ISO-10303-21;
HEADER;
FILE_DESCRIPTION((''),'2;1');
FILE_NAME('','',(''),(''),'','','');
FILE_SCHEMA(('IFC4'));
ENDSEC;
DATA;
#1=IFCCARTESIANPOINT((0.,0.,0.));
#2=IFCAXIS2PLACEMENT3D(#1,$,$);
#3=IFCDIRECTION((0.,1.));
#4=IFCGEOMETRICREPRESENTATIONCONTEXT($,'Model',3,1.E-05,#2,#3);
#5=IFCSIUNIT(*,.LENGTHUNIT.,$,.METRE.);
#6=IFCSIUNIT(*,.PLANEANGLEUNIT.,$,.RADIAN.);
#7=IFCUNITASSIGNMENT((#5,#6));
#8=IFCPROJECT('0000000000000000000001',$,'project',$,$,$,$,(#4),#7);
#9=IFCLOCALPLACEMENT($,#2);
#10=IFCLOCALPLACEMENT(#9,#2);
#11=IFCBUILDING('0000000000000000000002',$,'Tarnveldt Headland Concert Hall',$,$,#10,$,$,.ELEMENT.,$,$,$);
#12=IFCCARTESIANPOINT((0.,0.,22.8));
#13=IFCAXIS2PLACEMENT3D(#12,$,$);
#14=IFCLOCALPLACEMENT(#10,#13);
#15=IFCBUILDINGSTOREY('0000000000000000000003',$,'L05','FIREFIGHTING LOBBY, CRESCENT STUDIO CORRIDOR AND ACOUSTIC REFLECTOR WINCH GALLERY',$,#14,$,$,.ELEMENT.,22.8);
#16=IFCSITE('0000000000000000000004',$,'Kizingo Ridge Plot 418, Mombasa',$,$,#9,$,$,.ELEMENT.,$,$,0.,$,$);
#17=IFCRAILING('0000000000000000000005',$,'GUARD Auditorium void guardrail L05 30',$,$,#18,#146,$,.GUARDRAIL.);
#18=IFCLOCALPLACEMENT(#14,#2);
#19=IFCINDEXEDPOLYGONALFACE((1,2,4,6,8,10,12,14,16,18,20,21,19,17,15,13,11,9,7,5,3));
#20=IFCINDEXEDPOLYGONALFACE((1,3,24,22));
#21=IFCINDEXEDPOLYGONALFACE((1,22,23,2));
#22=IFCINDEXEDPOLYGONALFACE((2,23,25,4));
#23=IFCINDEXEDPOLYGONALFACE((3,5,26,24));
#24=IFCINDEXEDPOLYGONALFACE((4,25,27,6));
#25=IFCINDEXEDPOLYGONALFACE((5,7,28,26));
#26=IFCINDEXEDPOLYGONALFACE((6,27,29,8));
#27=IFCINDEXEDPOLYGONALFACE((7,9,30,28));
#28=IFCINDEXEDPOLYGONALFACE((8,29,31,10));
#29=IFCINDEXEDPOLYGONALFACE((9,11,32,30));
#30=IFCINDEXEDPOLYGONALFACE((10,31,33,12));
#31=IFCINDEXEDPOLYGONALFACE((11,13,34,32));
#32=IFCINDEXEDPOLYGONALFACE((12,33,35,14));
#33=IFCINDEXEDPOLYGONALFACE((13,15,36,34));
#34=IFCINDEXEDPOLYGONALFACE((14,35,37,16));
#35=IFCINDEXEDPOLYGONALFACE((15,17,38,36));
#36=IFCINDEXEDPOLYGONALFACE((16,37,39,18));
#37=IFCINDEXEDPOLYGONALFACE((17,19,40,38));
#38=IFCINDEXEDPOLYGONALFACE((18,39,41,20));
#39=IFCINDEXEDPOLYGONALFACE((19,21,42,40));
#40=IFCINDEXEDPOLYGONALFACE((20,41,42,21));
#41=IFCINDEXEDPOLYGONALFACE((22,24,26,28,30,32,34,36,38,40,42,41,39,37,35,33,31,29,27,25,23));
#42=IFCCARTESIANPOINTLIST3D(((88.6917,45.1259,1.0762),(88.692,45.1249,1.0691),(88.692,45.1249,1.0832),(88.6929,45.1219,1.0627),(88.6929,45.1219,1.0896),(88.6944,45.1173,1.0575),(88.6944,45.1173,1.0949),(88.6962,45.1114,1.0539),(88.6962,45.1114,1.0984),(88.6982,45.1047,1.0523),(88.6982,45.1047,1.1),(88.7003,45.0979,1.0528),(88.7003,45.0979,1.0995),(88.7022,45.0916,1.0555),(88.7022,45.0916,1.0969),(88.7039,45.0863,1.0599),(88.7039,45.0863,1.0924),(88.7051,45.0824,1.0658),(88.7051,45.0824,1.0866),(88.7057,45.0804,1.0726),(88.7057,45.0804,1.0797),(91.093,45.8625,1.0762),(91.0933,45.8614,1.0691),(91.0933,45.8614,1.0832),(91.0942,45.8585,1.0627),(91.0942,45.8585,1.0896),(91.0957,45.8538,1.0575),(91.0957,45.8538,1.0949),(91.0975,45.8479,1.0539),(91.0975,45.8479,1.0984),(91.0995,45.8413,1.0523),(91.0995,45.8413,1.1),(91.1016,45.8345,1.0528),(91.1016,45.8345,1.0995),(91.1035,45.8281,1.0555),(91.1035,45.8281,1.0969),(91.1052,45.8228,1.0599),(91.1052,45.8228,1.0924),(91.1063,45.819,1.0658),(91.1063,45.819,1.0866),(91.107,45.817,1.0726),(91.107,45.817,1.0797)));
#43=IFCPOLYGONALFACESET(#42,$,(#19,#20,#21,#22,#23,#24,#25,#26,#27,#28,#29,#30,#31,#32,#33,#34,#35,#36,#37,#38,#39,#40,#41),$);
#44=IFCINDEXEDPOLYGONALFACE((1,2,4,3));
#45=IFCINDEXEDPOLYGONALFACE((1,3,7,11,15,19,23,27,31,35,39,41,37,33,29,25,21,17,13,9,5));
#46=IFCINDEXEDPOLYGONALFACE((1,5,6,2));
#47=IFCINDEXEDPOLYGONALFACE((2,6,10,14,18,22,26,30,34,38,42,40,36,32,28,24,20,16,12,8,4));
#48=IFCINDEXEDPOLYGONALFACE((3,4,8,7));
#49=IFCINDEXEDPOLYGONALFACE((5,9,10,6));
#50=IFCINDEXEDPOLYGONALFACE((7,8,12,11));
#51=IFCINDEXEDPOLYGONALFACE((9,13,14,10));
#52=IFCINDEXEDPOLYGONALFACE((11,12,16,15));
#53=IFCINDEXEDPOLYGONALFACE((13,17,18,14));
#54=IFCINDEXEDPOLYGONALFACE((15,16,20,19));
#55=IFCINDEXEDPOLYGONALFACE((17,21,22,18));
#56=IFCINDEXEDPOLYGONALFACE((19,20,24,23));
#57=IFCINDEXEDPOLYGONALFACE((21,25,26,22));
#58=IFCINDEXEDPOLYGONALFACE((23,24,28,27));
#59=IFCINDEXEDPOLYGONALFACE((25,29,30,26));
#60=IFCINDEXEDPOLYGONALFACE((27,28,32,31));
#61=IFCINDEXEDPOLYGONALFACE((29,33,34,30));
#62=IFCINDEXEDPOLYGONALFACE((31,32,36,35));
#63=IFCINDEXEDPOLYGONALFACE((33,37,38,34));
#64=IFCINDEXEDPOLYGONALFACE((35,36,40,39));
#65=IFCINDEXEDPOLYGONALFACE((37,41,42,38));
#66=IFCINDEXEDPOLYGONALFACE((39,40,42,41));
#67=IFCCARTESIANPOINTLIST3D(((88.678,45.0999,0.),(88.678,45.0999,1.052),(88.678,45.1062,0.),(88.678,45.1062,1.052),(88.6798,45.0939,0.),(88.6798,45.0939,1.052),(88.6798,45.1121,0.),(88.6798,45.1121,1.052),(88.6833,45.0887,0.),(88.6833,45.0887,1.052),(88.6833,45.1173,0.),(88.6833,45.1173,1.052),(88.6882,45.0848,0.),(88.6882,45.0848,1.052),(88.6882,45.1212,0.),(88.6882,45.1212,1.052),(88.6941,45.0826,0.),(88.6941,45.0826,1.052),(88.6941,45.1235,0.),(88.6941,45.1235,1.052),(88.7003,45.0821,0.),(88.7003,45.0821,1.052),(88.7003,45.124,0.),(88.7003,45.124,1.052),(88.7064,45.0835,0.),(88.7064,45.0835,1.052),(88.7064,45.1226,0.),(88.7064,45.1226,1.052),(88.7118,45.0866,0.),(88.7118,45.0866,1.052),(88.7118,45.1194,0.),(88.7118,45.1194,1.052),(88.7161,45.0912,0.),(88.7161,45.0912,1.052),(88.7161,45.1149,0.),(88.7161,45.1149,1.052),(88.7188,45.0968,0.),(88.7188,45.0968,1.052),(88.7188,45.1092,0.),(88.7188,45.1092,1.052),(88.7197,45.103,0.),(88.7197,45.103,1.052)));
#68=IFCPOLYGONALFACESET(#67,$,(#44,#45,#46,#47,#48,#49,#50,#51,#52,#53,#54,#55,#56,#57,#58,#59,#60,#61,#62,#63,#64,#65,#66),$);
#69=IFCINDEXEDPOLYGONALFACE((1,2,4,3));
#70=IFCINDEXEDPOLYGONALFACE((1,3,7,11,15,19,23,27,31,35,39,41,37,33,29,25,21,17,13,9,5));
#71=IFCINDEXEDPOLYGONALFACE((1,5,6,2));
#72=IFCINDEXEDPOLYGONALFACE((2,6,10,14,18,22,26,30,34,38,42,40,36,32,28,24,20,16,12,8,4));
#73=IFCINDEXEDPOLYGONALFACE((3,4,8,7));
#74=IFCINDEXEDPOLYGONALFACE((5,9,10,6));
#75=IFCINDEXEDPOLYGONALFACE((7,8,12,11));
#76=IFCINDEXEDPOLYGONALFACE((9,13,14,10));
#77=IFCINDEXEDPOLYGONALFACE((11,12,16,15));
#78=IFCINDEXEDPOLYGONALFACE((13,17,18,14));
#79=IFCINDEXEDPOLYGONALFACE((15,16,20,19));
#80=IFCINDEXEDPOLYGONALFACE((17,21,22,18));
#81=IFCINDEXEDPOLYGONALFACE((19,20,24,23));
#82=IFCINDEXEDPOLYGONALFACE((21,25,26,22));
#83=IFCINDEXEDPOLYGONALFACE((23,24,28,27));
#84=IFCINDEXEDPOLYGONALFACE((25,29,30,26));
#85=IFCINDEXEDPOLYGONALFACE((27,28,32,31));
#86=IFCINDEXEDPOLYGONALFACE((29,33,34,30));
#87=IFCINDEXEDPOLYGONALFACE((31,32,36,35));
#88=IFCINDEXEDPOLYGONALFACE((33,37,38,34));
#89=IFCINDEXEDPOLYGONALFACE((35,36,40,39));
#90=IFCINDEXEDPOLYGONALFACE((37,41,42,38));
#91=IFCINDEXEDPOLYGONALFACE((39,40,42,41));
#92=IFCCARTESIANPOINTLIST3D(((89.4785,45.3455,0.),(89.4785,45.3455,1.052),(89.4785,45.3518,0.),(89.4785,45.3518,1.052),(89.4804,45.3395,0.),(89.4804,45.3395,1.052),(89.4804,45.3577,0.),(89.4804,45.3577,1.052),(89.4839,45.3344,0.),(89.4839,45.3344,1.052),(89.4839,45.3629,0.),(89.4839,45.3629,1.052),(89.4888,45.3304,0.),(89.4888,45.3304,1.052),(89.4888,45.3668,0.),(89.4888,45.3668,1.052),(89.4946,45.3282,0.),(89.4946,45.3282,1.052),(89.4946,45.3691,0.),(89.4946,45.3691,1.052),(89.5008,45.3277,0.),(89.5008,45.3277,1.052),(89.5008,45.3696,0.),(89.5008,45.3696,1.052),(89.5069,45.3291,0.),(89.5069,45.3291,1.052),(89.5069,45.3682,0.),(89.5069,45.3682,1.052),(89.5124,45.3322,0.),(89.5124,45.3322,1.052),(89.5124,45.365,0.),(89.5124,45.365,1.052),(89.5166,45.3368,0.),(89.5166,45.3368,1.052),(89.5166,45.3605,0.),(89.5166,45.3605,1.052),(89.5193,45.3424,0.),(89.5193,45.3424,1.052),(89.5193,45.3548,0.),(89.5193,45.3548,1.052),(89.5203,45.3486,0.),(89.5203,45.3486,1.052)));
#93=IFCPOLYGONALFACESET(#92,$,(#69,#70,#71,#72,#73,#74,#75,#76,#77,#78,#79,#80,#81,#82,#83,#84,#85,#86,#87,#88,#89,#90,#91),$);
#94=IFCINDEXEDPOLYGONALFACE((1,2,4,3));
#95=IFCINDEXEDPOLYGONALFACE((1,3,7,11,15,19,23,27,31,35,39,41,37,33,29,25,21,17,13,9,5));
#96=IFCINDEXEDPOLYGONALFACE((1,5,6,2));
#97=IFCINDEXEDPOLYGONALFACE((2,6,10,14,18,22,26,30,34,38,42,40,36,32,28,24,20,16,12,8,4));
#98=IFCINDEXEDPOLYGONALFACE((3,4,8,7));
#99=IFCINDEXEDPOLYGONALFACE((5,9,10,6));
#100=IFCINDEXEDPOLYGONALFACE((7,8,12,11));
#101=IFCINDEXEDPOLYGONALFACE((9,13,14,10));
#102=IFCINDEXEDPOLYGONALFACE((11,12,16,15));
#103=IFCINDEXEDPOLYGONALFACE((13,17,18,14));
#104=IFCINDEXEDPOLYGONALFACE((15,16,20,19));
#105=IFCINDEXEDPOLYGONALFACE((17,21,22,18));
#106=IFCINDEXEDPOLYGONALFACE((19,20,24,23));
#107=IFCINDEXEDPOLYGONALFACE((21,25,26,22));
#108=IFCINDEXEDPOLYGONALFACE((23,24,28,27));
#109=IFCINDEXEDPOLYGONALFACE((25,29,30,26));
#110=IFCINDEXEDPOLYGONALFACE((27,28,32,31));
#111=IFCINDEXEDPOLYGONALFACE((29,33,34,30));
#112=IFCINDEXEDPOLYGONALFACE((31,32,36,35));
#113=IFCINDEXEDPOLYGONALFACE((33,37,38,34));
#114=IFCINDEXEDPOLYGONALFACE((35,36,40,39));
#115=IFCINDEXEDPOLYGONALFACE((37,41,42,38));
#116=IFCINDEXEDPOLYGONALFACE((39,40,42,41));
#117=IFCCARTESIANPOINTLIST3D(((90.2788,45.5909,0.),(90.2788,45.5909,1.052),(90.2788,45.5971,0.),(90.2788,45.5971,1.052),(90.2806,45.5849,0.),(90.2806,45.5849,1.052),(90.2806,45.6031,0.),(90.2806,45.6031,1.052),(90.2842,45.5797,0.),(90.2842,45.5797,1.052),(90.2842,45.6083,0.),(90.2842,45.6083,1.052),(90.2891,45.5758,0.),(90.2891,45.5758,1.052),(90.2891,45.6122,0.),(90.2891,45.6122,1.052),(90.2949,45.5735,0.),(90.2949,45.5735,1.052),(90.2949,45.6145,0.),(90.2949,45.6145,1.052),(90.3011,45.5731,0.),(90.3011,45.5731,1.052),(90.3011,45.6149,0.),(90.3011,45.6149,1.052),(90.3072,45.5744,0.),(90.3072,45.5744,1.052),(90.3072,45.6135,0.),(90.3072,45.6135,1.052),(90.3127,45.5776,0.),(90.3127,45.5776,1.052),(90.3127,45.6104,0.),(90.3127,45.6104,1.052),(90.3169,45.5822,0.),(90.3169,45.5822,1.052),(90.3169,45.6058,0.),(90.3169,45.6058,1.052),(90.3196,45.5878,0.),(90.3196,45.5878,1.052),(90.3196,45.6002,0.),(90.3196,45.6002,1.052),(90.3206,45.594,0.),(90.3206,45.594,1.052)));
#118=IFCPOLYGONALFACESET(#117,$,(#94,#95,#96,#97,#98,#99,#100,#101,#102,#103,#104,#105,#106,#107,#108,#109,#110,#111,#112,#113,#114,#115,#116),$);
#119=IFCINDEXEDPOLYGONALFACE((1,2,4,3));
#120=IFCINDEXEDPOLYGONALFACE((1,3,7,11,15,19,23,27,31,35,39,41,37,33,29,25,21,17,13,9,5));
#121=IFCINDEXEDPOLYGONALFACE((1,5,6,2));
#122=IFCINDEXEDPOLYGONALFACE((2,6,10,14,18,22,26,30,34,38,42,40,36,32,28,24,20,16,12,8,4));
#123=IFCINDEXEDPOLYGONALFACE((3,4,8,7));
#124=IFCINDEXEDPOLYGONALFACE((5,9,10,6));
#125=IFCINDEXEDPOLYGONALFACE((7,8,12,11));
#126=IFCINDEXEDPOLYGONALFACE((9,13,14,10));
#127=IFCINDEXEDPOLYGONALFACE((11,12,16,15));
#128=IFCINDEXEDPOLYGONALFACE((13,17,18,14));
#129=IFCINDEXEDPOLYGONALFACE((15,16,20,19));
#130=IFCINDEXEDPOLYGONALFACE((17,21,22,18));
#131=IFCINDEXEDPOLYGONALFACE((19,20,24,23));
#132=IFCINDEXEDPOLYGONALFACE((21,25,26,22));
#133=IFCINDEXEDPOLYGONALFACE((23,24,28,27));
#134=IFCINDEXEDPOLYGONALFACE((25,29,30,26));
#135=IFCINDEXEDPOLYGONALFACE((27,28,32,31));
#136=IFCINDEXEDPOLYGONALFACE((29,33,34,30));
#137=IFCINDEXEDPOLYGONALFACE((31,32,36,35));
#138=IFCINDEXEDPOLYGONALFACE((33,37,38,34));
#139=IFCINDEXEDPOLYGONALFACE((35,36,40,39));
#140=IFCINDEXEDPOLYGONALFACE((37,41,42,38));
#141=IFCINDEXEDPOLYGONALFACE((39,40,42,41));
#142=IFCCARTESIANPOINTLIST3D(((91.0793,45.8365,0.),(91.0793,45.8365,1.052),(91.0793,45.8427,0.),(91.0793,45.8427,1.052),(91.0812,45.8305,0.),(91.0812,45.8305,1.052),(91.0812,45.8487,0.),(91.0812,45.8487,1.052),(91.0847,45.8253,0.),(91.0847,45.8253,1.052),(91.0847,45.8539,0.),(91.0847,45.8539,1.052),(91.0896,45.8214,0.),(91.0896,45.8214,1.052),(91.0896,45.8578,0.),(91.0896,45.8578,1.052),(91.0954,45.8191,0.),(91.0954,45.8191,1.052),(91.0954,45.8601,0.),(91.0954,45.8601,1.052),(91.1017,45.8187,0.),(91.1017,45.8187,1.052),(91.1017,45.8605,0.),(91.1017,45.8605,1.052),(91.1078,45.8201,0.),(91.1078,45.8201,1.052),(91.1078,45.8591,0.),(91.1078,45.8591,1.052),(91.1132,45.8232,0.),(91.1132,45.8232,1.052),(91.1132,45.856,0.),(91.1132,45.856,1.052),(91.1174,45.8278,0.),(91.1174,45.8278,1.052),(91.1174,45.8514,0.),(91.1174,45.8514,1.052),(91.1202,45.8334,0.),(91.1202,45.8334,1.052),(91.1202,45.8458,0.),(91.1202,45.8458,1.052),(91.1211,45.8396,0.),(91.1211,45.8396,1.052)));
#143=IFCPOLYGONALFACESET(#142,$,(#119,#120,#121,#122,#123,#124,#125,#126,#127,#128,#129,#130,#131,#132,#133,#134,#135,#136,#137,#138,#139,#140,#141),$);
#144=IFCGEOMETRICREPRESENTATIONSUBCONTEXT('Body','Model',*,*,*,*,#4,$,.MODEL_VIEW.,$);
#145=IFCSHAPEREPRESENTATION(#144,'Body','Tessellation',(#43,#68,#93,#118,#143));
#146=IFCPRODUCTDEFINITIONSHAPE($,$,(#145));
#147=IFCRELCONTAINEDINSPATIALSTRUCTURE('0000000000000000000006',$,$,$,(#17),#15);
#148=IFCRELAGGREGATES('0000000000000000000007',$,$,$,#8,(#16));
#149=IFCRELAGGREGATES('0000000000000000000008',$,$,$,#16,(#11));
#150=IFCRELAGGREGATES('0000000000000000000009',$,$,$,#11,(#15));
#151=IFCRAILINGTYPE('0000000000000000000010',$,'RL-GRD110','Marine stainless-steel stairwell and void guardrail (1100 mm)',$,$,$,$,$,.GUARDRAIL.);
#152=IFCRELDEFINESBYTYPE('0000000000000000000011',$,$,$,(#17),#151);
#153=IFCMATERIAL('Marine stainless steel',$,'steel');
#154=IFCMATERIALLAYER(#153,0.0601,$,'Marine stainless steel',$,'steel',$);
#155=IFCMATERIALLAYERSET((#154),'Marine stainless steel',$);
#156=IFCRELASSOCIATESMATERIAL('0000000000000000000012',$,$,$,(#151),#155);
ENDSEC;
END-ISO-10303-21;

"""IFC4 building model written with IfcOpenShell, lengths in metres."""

from ifc_helpers import new_model, si_unit, direction, frame, origin, origin_2d, place, context, subcontext, project, spatial, circle, extrude, material, layer, layer_set, type_object, element, save


model = new_model("IFC4")

# Units and contexts
model_context = context("Model", 3, precision=1e-05, world=origin(), true_north=direction((0.0, 1.0)))
body_context = subcontext(model_context, "Body", "Model", "MODEL_VIEW")
ifc_project = project(units=[si_unit("LENGTHUNIT", "METRE"), si_unit("PLANEANGLEUNIT", "RADIAN")], contexts=[model_context])

# Site, building, storey
site_placement = place(None, origin())
site = spatial("IfcSite", under=ifc_project, at=site_placement, Name="Kizingo Ridge Plot 418, Mombasa", CompositionType="ELEMENT", RefElevation=0.0)
building_placement = place(site_placement, origin())
building = spatial("IfcBuilding", under=site, at=building_placement, Name="Tarnveldt Headland Concert Hall", CompositionType="ELEMENT")
storey_placement = place(building_placement, frame((0.0, 0.0, 22.8)))
storey = spatial("IfcBuildingStorey", under=building, at=storey_placement, Name="L05", Description="FIREFIGHTING LOBBY, CRESCENT STUDIO CORRIDOR AND ACOUSTIC REFLECTOR WINCH GALLERY", CompositionType="ELEMENT", Elevation=22.8)

# Railing
ifc_material_1 = material(Name="Marine stainless steel", Category="steel")
ifc_layer_1 = layer(ifc_material_1, 0.0601, Name="Marine stainless steel", Category="steel")
ifc_layer_set_1 = layer_set([ifc_layer_1], Name="Marine stainless steel")
railing_type = type_object("IfcRailingType", Name="RL-GRD110", Description="Marine stainless-steel stairwell and void guardrail (1100 mm)", PredefinedType="GUARDRAIL", material=ifc_layer_set_1)
railing_1_placement = place(storey_placement, frame((88.6987, 45.103, 0.0)))
element("IfcRailing", 1, at=railing_1_placement, inside=storey, type_object=railing_type, Name="GUARD Auditorium void guardrail L05 30", PredefinedType="GUARDRAIL", context=body_context, shape_type="SweptSolid", body=[
    extrude(circle(Radius=0.0239, at=origin_2d()), frame((0.0, 0.0, 1.0762), z_axis=(0.956037, 0.293246, 0.0), x_axis=(-0.293246, 0.956037, 0.0)), (0.0, 0.0, 1.0), 2.5117),
    extrude(circle(Radius=0.021, at=origin_2d()), origin(), (0.0, 0.0, 1.0), 1.052),
    extrude(circle(Radius=0.021, at=origin_2d()), frame((0.8005, 0.2456, 0.0)), (0.0, 0.0, 1.0), 1.052),
    extrude(circle(Radius=0.021, at=origin_2d()), frame((1.6008, 0.491, 0.0)), (0.0, 0.0, 1.0), 1.052),
    extrude(circle(Radius=0.021, at=origin_2d()), frame((2.4014, 0.7366, 0.0)), (0.0, 0.0, 1.0), 1.052),
])

save(model, "model.ifc")
